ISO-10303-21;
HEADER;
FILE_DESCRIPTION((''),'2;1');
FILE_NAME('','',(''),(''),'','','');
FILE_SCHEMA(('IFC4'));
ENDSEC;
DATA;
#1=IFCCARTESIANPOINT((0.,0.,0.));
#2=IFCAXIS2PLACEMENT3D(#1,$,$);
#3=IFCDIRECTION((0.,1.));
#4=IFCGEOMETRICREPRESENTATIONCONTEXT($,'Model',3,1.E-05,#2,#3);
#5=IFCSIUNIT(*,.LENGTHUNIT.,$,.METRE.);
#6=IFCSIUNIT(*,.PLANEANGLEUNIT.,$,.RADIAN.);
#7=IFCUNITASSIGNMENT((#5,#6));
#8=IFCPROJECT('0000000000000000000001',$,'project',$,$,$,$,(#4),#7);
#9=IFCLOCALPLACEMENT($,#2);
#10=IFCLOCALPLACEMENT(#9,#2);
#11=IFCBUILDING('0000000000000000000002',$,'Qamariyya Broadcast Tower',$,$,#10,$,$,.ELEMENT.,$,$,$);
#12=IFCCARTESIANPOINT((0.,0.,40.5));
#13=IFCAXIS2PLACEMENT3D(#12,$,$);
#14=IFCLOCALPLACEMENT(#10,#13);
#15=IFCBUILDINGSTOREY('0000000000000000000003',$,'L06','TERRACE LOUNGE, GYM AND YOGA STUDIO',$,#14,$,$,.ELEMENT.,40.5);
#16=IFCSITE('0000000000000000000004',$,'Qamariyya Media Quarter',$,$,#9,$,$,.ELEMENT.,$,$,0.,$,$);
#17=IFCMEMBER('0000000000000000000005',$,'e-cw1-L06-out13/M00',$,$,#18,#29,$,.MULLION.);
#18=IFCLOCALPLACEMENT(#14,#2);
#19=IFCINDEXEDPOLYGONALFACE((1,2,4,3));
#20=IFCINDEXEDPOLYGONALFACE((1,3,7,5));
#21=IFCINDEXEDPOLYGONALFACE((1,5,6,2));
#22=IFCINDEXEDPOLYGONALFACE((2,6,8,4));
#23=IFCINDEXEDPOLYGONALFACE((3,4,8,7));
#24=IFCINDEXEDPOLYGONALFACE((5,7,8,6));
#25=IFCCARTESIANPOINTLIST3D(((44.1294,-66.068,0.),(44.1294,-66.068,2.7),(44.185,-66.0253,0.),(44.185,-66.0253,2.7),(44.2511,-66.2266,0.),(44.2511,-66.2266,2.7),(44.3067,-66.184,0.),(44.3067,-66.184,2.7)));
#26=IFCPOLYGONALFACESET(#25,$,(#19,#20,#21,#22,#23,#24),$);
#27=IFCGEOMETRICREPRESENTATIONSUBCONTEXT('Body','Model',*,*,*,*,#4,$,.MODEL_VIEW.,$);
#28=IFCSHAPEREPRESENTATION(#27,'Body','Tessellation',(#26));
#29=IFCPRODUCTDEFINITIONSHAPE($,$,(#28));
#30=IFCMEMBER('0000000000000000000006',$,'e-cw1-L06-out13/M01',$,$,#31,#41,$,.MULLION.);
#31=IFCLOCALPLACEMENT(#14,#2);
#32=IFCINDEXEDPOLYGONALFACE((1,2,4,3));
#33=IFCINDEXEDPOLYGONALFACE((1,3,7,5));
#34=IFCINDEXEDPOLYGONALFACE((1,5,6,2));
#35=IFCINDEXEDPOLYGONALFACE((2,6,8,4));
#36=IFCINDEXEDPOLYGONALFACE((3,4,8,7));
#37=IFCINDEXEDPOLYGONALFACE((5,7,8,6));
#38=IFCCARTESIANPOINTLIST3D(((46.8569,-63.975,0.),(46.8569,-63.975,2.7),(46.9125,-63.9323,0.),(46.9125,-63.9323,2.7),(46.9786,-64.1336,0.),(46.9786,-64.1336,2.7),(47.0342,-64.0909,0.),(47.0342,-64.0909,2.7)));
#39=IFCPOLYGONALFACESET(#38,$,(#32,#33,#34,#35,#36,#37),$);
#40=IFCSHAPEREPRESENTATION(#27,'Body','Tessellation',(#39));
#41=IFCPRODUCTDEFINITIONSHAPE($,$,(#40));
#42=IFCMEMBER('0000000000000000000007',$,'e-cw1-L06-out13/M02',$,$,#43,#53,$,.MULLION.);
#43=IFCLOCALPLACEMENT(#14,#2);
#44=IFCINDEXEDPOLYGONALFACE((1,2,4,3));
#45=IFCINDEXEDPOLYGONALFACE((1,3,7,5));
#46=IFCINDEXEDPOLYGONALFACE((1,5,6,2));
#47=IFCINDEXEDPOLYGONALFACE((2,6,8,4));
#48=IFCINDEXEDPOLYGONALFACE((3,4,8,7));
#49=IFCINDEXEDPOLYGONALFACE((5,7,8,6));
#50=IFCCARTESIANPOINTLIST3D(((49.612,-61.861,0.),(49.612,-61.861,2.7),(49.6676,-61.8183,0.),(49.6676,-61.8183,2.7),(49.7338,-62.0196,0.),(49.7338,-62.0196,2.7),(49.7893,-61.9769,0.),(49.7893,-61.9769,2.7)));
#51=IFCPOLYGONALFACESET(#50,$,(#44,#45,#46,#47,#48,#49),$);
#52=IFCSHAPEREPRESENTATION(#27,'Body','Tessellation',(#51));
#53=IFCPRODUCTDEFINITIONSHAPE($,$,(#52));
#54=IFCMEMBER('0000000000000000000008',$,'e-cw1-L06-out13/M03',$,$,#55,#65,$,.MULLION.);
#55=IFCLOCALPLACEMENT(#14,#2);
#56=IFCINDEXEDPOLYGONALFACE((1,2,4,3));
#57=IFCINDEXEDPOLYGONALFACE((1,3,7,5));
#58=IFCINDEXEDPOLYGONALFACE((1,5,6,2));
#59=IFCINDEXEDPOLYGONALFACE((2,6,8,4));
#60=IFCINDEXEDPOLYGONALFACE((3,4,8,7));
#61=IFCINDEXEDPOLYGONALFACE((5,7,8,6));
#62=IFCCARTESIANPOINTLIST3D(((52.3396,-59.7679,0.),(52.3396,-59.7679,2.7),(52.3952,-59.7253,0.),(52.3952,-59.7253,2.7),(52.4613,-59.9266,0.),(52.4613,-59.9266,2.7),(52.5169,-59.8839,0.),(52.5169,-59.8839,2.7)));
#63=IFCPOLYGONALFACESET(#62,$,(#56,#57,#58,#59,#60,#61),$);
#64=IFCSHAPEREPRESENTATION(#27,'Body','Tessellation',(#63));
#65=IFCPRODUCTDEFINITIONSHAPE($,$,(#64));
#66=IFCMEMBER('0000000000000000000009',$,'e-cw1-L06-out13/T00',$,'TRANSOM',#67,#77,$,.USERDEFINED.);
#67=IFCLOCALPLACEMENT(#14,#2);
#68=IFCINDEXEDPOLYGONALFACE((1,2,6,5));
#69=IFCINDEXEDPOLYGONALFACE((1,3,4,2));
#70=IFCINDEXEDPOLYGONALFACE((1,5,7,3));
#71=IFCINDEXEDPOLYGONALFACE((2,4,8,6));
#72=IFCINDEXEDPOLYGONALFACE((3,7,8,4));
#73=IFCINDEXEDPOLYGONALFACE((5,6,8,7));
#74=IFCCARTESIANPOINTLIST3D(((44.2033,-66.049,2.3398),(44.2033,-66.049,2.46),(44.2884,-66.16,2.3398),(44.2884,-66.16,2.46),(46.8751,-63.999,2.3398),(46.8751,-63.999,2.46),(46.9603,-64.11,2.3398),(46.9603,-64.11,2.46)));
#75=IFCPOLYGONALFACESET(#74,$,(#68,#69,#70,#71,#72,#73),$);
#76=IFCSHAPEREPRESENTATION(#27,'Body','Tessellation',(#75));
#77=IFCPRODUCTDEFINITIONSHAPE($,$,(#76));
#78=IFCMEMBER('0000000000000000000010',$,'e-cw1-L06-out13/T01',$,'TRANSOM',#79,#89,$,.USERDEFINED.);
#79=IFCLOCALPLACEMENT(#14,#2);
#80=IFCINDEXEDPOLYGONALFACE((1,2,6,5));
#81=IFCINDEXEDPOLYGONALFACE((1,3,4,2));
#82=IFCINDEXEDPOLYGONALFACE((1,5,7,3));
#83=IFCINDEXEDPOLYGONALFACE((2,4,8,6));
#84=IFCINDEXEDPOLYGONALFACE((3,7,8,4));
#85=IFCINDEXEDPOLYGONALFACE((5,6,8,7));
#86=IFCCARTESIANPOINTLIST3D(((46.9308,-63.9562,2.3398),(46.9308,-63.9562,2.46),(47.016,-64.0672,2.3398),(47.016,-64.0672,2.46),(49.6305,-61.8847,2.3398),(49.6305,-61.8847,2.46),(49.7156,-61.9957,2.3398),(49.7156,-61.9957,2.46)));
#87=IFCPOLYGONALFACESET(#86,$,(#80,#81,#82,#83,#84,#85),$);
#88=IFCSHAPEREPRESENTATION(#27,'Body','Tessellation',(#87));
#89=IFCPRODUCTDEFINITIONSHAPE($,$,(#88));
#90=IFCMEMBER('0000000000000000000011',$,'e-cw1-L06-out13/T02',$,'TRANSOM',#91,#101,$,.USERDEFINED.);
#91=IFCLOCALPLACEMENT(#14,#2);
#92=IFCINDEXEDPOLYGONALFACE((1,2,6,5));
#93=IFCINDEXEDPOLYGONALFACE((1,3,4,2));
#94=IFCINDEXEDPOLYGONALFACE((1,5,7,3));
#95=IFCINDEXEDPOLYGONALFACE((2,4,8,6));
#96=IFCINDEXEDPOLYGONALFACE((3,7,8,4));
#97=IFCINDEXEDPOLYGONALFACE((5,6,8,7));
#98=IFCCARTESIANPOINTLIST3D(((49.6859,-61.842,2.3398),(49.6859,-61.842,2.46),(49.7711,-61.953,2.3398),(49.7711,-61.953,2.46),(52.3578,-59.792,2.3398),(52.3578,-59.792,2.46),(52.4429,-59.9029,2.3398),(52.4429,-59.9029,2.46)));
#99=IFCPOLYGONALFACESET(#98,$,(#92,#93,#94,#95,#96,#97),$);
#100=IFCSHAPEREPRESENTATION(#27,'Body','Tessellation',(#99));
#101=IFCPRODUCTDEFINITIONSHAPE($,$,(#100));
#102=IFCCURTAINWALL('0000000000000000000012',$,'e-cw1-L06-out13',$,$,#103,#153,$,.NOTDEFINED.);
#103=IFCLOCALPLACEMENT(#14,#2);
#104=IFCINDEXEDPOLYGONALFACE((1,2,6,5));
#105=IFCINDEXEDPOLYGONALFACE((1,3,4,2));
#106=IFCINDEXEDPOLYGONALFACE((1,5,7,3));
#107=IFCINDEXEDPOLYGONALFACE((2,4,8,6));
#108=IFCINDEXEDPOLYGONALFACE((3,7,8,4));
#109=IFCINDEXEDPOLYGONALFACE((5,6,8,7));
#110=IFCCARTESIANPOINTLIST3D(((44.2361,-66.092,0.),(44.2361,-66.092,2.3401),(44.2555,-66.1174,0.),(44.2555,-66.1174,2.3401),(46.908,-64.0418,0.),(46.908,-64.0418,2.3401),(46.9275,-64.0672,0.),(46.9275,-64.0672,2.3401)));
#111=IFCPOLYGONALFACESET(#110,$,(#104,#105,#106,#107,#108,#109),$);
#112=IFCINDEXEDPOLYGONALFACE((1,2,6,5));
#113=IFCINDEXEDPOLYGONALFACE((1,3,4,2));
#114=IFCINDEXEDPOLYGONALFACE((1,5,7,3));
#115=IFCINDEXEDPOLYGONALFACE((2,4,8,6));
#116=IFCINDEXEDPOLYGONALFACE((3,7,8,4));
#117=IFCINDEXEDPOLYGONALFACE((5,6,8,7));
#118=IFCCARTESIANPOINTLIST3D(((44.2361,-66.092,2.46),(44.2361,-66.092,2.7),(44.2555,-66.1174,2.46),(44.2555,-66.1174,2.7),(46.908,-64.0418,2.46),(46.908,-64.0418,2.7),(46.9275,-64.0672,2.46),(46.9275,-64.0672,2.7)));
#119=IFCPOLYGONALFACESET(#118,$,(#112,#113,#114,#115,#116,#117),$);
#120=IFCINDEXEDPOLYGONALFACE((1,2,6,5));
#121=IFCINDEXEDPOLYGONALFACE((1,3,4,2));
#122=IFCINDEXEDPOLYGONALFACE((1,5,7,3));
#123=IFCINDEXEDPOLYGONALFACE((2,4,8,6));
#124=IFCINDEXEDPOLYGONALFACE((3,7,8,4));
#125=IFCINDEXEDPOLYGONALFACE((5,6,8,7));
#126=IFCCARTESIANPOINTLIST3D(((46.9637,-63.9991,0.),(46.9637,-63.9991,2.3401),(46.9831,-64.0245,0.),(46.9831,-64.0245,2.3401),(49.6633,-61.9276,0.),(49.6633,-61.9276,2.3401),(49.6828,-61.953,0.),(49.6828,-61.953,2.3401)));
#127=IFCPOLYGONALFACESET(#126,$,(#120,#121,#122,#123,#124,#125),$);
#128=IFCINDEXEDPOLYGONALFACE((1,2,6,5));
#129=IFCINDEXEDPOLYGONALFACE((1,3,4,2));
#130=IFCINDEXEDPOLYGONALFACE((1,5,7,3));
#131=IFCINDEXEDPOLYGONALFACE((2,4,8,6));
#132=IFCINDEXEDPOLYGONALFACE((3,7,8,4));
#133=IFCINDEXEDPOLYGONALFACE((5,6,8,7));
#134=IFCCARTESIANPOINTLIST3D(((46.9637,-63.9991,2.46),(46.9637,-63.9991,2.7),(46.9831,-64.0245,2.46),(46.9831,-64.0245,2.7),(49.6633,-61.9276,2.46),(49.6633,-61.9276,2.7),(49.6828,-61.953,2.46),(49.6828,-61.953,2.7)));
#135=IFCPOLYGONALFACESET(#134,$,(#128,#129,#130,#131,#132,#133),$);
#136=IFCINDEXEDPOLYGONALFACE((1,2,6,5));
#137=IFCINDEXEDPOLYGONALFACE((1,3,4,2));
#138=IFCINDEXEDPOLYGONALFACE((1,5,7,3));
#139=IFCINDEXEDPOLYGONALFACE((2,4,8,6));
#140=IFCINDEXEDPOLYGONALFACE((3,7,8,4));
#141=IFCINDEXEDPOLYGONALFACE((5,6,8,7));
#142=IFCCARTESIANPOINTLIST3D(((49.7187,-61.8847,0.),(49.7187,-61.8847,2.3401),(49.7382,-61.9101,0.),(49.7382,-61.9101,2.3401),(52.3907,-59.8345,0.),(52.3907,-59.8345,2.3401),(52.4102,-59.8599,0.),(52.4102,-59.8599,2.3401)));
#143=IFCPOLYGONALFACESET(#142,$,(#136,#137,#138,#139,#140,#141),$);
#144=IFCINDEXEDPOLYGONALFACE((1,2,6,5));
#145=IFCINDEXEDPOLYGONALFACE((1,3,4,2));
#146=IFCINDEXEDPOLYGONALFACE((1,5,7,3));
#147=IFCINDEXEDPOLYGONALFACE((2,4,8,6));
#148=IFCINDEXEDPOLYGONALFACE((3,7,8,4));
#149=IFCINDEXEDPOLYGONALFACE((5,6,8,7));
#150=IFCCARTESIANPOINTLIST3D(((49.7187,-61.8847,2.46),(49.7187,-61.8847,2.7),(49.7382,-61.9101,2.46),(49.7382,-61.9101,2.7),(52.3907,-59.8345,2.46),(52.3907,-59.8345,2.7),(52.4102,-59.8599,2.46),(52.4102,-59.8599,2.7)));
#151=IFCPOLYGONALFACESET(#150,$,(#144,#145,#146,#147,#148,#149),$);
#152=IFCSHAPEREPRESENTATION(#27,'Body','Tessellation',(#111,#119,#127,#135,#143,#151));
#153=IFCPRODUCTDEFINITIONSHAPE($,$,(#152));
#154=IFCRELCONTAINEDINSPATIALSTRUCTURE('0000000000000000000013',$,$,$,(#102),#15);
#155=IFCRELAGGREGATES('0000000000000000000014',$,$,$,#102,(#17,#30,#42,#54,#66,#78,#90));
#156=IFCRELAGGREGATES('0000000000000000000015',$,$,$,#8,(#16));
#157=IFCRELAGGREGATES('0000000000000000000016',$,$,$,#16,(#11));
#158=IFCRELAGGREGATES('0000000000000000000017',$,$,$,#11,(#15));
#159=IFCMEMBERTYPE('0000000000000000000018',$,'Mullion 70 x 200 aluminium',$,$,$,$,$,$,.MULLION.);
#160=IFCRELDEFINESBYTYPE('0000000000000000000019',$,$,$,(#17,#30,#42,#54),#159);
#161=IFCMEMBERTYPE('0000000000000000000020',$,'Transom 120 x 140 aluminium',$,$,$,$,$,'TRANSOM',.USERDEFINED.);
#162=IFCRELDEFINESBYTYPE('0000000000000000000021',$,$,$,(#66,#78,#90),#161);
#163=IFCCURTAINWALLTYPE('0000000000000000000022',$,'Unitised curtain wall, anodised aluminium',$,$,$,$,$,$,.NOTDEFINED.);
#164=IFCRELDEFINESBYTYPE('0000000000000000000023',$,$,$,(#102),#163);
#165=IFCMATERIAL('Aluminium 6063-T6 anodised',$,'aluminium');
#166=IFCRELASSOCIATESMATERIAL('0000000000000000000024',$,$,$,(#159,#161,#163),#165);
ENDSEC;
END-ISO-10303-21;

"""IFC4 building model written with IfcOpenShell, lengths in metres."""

from ifc_helpers import new_model, si_unit, direction, frame, origin, origin_2d, place, context, subcontext, project, spatial, rectangle, extrude, material, material_profile, profile_set, type_object, element, aggregate, save


model = new_model("IFC4")

# Units and contexts
model_context = context("Model", 3, precision=1e-05, world=origin(), true_north=direction((0.0, 1.0)))
body_context = subcontext(model_context, "Body", "Model", "MODEL_VIEW")
ifc_project = project(units=[si_unit("LENGTHUNIT", "METRE"), si_unit("PLANEANGLEUNIT", "RADIAN")], contexts=[model_context])

# Members
ifc_material = material(Name="Aluminium 6063-T6 anodised", Category="aluminium")
ifc_material_profile_1 = material_profile(ifc_material, rectangle(XDim=0.2, YDim=0.0701, at=origin_2d()))
ifc_profile_set_1 = profile_set([ifc_material_profile_1], Name="Aluminium 6063-T6 anodised")
member_type_1 = type_object("IfcMemberType", Name="Mullion 70 x 200 aluminium", PredefinedType="MULLION", material=ifc_profile_set_1)
site_placement = place(None, origin())
building_placement = place(site_placement, origin())
storey_placement = place(building_placement, frame((0.0, 0.0, 40.5)))
member_1_placement = place(storey_placement, frame((44.218, -66.126, 0.0), z_axis=(0.0, 0.0, 1.0), x_axis=(-0.608761, 0.793353, 0.0)))
member_1 = element("IfcMember", 1, at=member_1_placement, type_object=member_type_1, Name="e-cw1-L06-out13/M00", PredefinedType="MULLION", context=body_context, shape_type="SweptSolid", body=[
    extrude(rectangle(XDim=0.2, YDim=0.0701, at=origin_2d()), origin(), (0.0, 0.0, 1.0), 2.7),
])
member_2_placement = place(storey_placement, frame((46.9456, -64.033, 0.0), z_axis=(0.0, 0.0, 1.0), x_axis=(-0.608761, 0.793353, 0.0)))
member_2 = element("IfcMember", 2, at=member_2_placement, type_object=member_type_1, Name="e-cw1-L06-out13/M01", PredefinedType="MULLION", context=body_context, shape_type="SweptSolid", body=[
    extrude(rectangle(XDim=0.2, YDim=0.0701, at=origin_2d()), origin(), (0.0, 0.0, 1.0), 2.7),
])
member_3_placement = place(storey_placement, frame((49.7007, -61.9189, 0.0), z_axis=(0.0, 0.0, 1.0), x_axis=(-0.608761, 0.793353, 0.0)))
member_3 = element("IfcMember", 3, at=member_3_placement, type_object=member_type_1, Name="e-cw1-L06-out13/M02", PredefinedType="MULLION", context=body_context, shape_type="SweptSolid", body=[
    extrude(rectangle(XDim=0.2, YDim=0.0701, at=origin_2d()), origin(), (0.0, 0.0, 1.0), 2.7),
])
member_4_placement = place(storey_placement, frame((52.4282, -59.8259, 0.0), z_axis=(0.0, 0.0, 1.0), x_axis=(-0.608761, 0.793353, 0.0)))
member_4 = element("IfcMember", 4, at=member_4_placement, type_object=member_type_1, Name="e-cw1-L06-out13/M03", PredefinedType="MULLION", context=body_context, shape_type="SweptSolid", body=[
    extrude(rectangle(XDim=0.2, YDim=0.0701, at=origin_2d()), origin(), (0.0, 0.0, 1.0), 2.7),
])
ifc_material_profile_2 = material_profile(ifc_material, rectangle(XDim=0.1399, YDim=0.1201, at=origin_2d()))
ifc_profile_set_2 = profile_set([ifc_material_profile_2], Name="Aluminium 6063-T6 anodised")
member_type_2 = type_object("IfcMemberType", Name="Transom 120 x 140 aluminium", ElementType="TRANSOM", PredefinedType="USERDEFINED", material=ifc_profile_set_2)
member_5_placement = place(storey_placement, frame((44.2458, -66.1045, 2.3999), z_axis=(0.793375, 0.608733, 0.0), x_axis=(-0.608733, 0.793375, 0.0)))
member_5 = element("IfcMember", 5, at=member_5_placement, type_object=member_type_2, Name="e-cw1-L06-out13/T00", ObjectType="TRANSOM", PredefinedType="USERDEFINED", context=body_context, shape_type="SweptSolid", body=[
    extrude(rectangle(XDim=0.1399, YDim=0.1201, at=origin_2d()), origin(), (0.0, 0.0, 1.0), 3.3677),
])
member_6_placement = place(storey_placement, frame((46.9734, -64.0117, 2.3999), z_axis=(0.793357, 0.608757, 0.0), x_axis=(-0.608757, 0.793357, 0.0)))
member_6 = element("IfcMember", 6, at=member_6_placement, type_object=member_type_2, Name="e-cw1-L06-out13/T01", ObjectType="TRANSOM", PredefinedType="USERDEFINED", context=body_context, shape_type="SweptSolid", body=[
    extrude(rectangle(XDim=0.1399, YDim=0.1201, at=origin_2d()), origin(), (0.0, 0.0, 1.0), 3.4028),
])
member_7_placement = place(storey_placement, frame((49.7285, -61.8975, 2.3999), z_axis=(0.793375, 0.608733, 0.0), x_axis=(-0.608733, 0.793375, 0.0)))
member_7 = element("IfcMember", 7, at=member_7_placement, type_object=member_type_2, Name="e-cw1-L06-out13/T02", ObjectType="TRANSOM", PredefinedType="USERDEFINED", context=body_context, shape_type="SweptSolid", body=[
    extrude(rectangle(XDim=0.1399, YDim=0.1201, at=origin_2d()), origin(), (0.0, 0.0, 1.0), 3.3677),
])

# Site, building, storey
site = spatial("IfcSite", under=ifc_project, at=site_placement, Name="Qamariyya Media Quarter", CompositionType="ELEMENT", RefElevation=0.0)
building = spatial("IfcBuilding", under=site, at=building_placement, Name="Qamariyya Broadcast Tower", CompositionType="ELEMENT")
storey = spatial("IfcBuildingStorey", under=building, at=storey_placement, Name="L06", Description="TERRACE LOUNGE, GYM AND YOGA STUDIO", CompositionType="ELEMENT", Elevation=40.5)

# Curtain wall
curtain_wall_type = type_object("IfcCurtainWallType", Name="Unitised curtain wall, anodised aluminium", PredefinedType="NOTDEFINED", material=ifc_material)
curtain_wall_1_placement = place(storey_placement, origin())
curtain_wall_1 = element("IfcCurtainWall", 8, at=curtain_wall_1_placement, inside=storey, type_object=curtain_wall_type, Name="e-cw1-L06-out13", PredefinedType="NOTDEFINED", context=body_context, shape_type="SweptSolid", body=[
    extrude(rectangle(XDim=3.3679, YDim=0.032, at=origin_2d()), frame((45.5818, -65.0796, 0.0), x_axis=(0.793358, 0.608756, 0.0)), (0.0, 0.0, 1.0), 2.3401),
    extrude(rectangle(XDim=3.3679, YDim=0.032, at=origin_2d()), frame((45.5818, -65.0796, 2.46), x_axis=(0.793358, 0.608756, 0.0)), (0.0, 0.0, 1.0), 0.24),
    extrude(rectangle(XDim=3.4028, YDim=0.032, at=origin_2d()), frame((48.3232, -62.9761, 0.0), x_axis=(0.793358, 0.608756, 0.0)), (0.0, 0.0, 1.0), 2.3401),
    extrude(rectangle(XDim=3.4028, YDim=0.032, at=origin_2d()), frame((48.3232, -62.9761, 2.46), x_axis=(0.793358, 0.608756, 0.0)), (0.0, 0.0, 1.0), 0.24),
    extrude(rectangle(XDim=3.3679, YDim=0.032, at=origin_2d()), frame((51.0645, -60.8723, 0.0), x_axis=(0.793358, 0.608756, 0.0)), (0.0, 0.0, 1.0), 2.3401),
    extrude(rectangle(XDim=3.3679, YDim=0.032, at=origin_2d()), frame((51.0645, -60.8723, 2.46), x_axis=(0.793358, 0.608756, 0.0)), (0.0, 0.0, 1.0), 0.24),
])
aggregate(curtain_wall_1, [member_1, member_2, member_3, member_4, member_5, member_6, member_7])

save(model, "model.ifc")
